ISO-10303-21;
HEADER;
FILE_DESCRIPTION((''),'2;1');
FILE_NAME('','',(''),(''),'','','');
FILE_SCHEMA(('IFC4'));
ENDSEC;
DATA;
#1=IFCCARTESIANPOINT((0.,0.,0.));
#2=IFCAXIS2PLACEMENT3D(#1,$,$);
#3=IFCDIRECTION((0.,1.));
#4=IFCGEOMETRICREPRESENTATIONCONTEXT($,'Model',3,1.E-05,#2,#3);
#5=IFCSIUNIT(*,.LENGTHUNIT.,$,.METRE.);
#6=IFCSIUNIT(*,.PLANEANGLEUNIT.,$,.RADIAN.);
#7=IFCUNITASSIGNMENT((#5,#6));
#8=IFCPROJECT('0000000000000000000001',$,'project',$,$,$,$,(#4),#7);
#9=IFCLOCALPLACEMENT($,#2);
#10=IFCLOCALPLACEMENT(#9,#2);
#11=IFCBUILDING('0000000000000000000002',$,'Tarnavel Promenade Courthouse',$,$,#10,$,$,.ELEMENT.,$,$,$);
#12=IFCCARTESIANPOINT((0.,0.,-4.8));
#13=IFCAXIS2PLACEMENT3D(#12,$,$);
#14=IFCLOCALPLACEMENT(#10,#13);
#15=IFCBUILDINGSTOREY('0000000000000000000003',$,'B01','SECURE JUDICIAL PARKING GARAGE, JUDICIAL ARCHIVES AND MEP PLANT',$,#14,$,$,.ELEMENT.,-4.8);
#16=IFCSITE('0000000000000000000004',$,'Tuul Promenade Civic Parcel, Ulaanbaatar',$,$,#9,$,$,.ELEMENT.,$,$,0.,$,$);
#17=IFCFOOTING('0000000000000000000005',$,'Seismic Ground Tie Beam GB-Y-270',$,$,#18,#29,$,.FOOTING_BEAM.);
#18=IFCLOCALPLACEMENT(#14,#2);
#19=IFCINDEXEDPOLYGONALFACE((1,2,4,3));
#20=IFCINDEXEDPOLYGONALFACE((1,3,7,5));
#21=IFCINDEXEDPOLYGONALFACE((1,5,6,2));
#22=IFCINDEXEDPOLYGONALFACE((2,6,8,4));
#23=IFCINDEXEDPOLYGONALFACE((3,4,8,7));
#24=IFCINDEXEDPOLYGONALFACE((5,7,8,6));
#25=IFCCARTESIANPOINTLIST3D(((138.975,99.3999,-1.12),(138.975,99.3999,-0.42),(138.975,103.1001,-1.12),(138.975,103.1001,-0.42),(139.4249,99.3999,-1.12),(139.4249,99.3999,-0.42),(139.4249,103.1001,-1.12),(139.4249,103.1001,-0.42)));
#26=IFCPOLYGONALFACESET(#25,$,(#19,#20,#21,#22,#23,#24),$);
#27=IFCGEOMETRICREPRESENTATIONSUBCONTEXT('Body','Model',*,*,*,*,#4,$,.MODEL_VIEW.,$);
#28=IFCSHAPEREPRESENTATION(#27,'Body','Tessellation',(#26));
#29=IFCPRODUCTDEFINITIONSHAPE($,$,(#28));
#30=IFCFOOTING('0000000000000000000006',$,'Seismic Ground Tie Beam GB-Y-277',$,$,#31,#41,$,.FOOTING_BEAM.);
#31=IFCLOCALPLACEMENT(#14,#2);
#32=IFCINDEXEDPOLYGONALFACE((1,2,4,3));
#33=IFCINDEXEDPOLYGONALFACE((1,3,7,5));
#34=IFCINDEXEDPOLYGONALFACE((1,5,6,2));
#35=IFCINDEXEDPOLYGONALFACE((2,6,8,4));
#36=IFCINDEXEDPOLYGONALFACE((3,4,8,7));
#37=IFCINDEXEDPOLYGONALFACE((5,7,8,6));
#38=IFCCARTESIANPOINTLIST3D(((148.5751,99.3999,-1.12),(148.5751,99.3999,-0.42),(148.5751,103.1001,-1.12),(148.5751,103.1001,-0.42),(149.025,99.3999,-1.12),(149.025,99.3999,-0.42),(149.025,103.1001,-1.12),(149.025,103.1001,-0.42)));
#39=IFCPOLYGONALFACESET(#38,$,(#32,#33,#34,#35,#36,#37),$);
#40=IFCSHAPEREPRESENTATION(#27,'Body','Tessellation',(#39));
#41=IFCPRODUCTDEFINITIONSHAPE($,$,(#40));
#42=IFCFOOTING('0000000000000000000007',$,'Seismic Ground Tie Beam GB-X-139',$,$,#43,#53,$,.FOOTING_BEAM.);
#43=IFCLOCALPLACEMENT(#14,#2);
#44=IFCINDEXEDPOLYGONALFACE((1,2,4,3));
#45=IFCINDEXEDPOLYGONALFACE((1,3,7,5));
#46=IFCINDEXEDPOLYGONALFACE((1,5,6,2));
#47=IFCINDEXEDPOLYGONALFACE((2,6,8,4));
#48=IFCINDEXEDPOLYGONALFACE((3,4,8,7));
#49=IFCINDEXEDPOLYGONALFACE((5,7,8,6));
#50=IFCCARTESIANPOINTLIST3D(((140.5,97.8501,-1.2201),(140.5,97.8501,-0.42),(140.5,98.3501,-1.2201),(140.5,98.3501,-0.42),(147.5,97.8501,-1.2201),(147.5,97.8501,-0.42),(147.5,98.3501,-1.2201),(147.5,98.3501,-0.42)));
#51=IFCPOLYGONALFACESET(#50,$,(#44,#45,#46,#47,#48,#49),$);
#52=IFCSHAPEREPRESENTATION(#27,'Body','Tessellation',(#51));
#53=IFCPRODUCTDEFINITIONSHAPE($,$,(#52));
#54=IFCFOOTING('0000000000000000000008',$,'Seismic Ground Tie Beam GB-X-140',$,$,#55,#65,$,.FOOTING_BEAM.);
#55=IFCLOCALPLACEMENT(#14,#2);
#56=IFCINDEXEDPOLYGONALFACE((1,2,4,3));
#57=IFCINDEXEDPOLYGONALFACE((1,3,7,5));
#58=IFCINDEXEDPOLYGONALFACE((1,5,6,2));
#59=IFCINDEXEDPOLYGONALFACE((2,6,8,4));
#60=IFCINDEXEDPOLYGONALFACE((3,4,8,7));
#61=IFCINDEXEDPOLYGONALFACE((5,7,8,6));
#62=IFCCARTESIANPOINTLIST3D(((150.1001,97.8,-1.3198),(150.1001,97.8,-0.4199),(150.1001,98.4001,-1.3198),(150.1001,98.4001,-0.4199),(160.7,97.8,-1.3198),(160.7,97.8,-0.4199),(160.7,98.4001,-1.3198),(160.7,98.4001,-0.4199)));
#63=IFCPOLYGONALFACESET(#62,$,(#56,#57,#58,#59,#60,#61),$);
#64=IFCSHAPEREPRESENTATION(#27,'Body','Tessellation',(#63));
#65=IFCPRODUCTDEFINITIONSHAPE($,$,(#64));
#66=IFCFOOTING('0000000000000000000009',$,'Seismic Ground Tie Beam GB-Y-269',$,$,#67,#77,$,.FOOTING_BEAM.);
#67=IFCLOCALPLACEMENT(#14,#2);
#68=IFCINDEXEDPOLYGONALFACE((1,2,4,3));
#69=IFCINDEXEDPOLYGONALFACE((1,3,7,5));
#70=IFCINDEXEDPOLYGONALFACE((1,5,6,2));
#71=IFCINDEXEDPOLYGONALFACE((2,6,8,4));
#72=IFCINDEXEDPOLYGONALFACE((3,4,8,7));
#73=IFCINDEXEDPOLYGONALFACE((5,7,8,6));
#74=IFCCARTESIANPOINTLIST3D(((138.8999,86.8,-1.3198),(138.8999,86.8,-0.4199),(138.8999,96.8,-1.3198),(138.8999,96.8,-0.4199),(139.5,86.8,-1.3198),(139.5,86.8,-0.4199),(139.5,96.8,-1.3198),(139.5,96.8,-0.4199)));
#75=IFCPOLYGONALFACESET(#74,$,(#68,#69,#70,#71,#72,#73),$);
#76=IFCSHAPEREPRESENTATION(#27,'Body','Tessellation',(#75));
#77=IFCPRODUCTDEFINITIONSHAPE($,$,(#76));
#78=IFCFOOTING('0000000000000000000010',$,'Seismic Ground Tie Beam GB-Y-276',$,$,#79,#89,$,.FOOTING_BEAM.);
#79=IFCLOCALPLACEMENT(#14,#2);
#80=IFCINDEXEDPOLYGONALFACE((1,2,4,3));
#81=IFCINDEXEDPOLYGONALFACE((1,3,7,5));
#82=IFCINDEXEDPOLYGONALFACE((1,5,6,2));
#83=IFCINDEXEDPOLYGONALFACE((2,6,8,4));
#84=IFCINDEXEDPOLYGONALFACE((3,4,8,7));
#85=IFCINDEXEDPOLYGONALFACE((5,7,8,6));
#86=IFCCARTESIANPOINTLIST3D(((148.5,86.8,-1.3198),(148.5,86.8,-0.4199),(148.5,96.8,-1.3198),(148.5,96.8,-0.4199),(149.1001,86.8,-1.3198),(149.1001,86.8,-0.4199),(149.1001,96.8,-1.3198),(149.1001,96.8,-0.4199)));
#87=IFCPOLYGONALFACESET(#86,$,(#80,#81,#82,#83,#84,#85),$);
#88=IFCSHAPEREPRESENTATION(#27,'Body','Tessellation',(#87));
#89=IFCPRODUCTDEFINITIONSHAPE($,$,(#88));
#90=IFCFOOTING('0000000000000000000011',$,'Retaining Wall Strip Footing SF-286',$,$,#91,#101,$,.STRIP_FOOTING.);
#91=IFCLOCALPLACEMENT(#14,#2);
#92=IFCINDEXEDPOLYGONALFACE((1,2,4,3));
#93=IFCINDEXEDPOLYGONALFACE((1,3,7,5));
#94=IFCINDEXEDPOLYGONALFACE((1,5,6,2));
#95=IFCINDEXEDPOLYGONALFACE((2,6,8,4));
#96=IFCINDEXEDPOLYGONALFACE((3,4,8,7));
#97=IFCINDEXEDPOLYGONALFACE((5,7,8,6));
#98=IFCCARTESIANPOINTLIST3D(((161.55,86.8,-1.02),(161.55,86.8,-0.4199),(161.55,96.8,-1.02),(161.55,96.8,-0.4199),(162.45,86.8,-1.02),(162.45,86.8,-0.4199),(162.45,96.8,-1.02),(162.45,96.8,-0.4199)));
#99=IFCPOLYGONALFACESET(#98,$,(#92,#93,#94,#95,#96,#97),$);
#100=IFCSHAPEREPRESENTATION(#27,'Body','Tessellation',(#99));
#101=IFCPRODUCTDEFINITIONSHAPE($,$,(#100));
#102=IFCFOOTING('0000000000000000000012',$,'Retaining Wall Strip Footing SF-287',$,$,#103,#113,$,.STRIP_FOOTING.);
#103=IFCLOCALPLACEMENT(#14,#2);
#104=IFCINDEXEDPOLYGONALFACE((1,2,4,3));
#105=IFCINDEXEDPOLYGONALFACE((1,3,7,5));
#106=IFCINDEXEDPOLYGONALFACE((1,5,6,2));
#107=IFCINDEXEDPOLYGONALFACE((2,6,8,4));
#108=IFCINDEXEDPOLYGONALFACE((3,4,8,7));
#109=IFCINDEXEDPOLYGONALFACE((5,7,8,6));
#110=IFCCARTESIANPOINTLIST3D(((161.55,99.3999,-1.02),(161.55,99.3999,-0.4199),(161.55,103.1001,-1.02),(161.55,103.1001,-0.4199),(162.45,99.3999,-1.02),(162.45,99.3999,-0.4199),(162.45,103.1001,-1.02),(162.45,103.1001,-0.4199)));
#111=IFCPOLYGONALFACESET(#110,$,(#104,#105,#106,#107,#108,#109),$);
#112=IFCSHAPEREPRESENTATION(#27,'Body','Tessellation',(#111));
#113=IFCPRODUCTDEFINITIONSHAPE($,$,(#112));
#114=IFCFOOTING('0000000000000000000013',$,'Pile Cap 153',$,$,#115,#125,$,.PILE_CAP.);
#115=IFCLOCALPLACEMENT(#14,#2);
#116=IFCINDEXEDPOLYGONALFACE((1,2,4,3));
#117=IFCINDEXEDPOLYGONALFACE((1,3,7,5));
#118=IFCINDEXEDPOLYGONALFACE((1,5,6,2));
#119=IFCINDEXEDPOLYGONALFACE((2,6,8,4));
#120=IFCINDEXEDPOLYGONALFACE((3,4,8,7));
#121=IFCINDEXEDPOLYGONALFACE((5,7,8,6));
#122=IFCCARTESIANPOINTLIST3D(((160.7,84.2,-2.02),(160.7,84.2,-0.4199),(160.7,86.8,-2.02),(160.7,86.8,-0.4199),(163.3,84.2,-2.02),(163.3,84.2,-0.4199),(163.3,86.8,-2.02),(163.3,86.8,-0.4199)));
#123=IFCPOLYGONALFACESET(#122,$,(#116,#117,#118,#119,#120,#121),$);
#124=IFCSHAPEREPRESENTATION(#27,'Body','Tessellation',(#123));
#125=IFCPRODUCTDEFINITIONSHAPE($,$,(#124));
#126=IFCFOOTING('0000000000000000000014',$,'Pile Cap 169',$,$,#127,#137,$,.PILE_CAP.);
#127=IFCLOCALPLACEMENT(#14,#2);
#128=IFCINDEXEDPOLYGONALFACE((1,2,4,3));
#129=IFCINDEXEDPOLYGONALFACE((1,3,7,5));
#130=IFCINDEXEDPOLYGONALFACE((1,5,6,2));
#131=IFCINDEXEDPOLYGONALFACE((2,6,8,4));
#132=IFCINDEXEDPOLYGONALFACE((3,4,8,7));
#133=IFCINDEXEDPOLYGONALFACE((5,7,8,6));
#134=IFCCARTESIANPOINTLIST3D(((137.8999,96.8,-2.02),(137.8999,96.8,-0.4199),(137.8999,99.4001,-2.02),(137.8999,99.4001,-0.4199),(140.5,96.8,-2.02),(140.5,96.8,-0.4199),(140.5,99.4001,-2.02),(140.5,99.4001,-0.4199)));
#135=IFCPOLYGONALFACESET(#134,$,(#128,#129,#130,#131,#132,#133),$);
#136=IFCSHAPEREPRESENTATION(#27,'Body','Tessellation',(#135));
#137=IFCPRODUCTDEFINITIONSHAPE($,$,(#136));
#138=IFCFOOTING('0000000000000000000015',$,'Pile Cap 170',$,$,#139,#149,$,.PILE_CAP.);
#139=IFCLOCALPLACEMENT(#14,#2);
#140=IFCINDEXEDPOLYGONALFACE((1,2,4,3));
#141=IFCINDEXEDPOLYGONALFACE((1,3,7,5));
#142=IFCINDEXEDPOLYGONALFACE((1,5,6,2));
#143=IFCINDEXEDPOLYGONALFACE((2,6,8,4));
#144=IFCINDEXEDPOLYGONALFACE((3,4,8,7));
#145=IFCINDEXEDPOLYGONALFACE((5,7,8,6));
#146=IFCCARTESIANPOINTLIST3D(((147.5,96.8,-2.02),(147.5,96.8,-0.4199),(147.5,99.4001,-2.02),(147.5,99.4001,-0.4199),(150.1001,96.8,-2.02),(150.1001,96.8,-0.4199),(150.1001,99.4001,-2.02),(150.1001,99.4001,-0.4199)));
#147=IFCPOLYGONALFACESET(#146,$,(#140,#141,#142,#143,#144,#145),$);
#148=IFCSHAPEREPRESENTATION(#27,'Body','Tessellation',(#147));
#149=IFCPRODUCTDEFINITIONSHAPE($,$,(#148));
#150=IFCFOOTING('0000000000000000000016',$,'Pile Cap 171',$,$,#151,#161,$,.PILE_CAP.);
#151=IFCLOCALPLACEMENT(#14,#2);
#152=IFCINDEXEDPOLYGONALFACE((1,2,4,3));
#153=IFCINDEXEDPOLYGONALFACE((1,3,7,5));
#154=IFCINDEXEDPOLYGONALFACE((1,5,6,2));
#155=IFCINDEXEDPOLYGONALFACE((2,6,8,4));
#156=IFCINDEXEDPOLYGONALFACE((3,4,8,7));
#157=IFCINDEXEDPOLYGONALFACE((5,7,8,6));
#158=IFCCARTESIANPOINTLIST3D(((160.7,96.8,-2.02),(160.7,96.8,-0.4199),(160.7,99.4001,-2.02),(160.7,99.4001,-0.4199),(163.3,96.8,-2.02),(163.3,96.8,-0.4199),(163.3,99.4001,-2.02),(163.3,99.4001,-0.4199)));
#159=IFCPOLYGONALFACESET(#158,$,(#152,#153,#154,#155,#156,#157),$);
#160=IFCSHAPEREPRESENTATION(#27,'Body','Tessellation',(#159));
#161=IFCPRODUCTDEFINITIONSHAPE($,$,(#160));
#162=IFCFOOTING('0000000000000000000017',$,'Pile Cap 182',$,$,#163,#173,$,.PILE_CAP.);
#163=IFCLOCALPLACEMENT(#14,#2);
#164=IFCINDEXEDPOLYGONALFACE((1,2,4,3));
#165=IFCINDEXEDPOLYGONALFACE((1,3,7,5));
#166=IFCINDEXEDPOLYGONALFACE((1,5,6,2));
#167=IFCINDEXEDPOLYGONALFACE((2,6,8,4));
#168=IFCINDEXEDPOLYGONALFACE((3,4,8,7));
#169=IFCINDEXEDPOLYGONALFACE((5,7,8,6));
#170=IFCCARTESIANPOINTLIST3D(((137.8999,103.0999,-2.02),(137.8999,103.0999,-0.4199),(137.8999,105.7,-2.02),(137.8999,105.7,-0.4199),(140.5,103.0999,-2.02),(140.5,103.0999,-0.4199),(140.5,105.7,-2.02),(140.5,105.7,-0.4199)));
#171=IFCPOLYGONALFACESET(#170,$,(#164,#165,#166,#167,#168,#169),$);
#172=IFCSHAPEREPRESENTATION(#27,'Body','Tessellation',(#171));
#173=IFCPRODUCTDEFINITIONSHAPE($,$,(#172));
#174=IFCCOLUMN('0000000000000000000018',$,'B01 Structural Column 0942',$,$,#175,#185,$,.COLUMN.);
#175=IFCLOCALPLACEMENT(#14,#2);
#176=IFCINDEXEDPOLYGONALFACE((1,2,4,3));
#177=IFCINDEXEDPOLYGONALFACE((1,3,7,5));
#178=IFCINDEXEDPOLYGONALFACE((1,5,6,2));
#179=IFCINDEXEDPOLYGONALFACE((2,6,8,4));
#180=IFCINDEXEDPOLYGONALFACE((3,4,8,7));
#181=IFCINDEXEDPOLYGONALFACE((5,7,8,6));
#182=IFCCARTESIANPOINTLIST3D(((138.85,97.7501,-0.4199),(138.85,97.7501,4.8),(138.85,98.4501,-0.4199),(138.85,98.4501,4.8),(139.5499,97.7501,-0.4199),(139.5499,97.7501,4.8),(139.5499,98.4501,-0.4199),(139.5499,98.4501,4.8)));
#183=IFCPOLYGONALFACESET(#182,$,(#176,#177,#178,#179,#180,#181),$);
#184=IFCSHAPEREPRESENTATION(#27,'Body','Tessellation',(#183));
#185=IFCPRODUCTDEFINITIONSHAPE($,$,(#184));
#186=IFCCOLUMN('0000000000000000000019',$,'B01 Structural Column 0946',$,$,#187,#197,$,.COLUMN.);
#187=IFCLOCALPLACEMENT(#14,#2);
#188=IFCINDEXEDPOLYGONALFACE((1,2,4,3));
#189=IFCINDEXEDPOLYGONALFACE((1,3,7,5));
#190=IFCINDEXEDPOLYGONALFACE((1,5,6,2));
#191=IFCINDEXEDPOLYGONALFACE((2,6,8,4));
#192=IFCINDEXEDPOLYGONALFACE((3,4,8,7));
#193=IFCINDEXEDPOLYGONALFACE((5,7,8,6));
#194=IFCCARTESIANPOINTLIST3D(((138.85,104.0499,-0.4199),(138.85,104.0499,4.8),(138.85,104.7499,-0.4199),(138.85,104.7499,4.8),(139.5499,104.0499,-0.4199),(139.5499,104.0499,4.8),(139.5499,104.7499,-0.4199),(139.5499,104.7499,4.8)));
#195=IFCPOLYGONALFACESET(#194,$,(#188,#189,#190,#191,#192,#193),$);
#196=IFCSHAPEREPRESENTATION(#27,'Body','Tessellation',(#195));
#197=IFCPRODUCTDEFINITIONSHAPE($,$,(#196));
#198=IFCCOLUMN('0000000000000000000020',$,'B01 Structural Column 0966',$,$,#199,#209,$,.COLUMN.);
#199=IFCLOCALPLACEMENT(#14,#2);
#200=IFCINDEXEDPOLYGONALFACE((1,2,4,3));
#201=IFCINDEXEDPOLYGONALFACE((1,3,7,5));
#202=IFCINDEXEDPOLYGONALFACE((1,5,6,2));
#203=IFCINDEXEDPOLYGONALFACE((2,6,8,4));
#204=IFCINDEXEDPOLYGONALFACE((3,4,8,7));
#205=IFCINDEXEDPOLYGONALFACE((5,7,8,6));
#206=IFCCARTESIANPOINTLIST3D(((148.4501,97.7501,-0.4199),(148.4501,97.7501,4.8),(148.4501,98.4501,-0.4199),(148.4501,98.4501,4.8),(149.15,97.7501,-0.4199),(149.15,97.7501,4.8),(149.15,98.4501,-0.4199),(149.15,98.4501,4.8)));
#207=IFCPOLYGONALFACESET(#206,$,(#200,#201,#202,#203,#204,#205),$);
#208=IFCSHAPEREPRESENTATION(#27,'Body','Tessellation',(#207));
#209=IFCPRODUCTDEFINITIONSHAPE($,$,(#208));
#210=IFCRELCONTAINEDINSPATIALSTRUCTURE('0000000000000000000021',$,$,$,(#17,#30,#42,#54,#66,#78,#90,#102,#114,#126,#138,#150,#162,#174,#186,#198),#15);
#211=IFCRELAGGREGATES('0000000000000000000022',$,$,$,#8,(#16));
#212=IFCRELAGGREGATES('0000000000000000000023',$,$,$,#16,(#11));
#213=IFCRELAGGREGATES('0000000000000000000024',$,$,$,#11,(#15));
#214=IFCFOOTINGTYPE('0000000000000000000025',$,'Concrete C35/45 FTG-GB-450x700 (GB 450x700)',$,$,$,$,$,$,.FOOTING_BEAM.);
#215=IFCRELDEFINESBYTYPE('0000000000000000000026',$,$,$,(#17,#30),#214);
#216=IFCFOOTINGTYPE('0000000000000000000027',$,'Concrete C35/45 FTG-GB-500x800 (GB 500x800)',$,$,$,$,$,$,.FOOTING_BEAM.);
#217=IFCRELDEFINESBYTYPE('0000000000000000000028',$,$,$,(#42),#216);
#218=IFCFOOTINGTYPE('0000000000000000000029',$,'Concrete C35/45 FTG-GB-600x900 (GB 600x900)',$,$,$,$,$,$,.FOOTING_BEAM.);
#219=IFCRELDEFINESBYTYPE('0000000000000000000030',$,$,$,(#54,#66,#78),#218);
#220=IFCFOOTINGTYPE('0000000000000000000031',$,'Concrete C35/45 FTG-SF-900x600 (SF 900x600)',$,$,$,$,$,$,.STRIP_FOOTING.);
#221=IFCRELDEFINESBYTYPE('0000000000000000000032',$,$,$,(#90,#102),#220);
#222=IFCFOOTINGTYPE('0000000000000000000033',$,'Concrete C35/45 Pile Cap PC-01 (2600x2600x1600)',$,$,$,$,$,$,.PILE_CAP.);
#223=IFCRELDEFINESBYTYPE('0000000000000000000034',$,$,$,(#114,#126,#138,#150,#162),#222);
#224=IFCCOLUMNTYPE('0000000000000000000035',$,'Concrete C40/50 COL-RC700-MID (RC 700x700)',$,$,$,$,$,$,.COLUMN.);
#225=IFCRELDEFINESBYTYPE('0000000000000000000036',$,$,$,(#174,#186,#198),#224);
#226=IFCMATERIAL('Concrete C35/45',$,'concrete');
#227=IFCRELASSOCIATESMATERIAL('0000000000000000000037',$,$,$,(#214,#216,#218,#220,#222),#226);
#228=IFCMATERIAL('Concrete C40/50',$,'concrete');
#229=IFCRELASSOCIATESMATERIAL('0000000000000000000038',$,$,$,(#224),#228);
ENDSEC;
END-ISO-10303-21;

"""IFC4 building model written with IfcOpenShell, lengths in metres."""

from ifc_helpers import new_model, si_unit, direction, frame, origin, origin_2d, place, context, subcontext, project, spatial, rectangle, extrude, material, material_profile, profile_set, type_object, element, save


model = new_model("IFC4")

# Units and contexts
model_context = context("Model", 3, precision=1e-05, world=origin(), true_north=direction((0.0, 1.0)))
body_context = subcontext(model_context, "Body", "Model", "MODEL_VIEW")
ifc_project = project(units=[si_unit("LENGTHUNIT", "METRE"), si_unit("PLANEANGLEUNIT", "RADIAN")], contexts=[model_context])

# Site, building, storey
site_placement = place(None, origin())
site = spatial("IfcSite", under=ifc_project, at=site_placement, Name="Tuul Promenade Civic Parcel, Ulaanbaatar", CompositionType="ELEMENT", RefElevation=0.0)
building_placement = place(site_placement, origin())
building = spatial("IfcBuilding", under=site, at=building_placement, Name="Tarnavel Promenade Courthouse", CompositionType="ELEMENT")
storey_placement = place(building_placement, frame((0.0, 0.0, -4.8)))
storey = spatial("IfcBuildingStorey", under=building, at=storey_placement, Name="B01", Description="SECURE JUDICIAL PARKING GARAGE, JUDICIAL ARCHIVES AND MEP PLANT", CompositionType="ELEMENT", Elevation=-4.8)

# Footings
ifc_material_1 = material(Name="Concrete C35/45", Category="concrete")
ifc_material_profile_1 = material_profile(ifc_material_1, rectangle(XDim=0.45, YDim=0.7, at=origin_2d()), Name="GB 450x700")
ifc_profile_set_1 = profile_set([ifc_material_profile_1], Name="Concrete C35/45")
footing_type_1 = type_object("IfcFootingType", Name="Concrete C35/45 FTG-GB-450x700 (GB 450x700)", PredefinedType="FOOTING_BEAM", material=ifc_profile_set_1)
for number, where, z_axis, x_axis, name in (
    (1, (139.2, 99.3999, -0.77), (0.0, 1.0, 0.0), (-1.0, 0.0, 0.0), "Seismic Ground Tie Beam GB-Y-270"),
    (2, (148.8, 99.3999, -0.77), (0.0, 1.0, 0.0), (-1.0, 0.0, 0.0), "Seismic Ground Tie Beam GB-Y-277"),
):
    element("IfcFooting", number, at=place(storey_placement, frame(where, z_axis=z_axis, x_axis=x_axis)), inside=storey, type_object=footing_type_1, Name=name, PredefinedType="FOOTING_BEAM", context=body_context, shape_type="SweptSolid", body=[
        extrude(rectangle(XDim=0.45, YDim=0.7, at=origin_2d()), origin(), (0.0, 0.0, 1.0), 3.7002),
    ])
ifc_material_profile_2 = material_profile(ifc_material_1, rectangle(XDim=0.5, YDim=0.8, at=origin_2d()), Name="GB 500x800")
ifc_profile_set_2 = profile_set([ifc_material_profile_2], Name="Concrete C35/45")
footing_type_2 = type_object("IfcFootingType", Name="Concrete C35/45 FTG-GB-500x800 (GB 500x800)", PredefinedType="FOOTING_BEAM", material=ifc_profile_set_2)
footing_1_placement = place(storey_placement, frame((140.5, 98.1001, -0.8201), z_axis=(1.0, 0.0, 0.0), x_axis=(0.0, 1.0, 0.0)))
element("IfcFooting", 3, at=footing_1_placement, inside=storey, type_object=footing_type_2, Name="Seismic Ground Tie Beam GB-X-139", PredefinedType="FOOTING_BEAM", context=body_context, shape_type="SweptSolid", body=[
    extrude(rectangle(XDim=0.5, YDim=0.8, at=origin_2d()), origin(), (0.0, 0.0, 1.0), 7.0),
])
ifc_material_profile_3 = material_profile(ifc_material_1, rectangle(XDim=0.6001, YDim=0.8999, at=origin_2d()), Name="GB 600x900")
ifc_profile_set_3 = profile_set([ifc_material_profile_3], Name="Concrete C35/45")
footing_type_3 = type_object("IfcFootingType", Name="Concrete C35/45 FTG-GB-600x900 (GB 600x900)", PredefinedType="FOOTING_BEAM", material=ifc_profile_set_3)
footing_2_placement = place(storey_placement, frame((150.1001, 98.1001, -0.8699), z_axis=(1.0, 0.0, 0.0), x_axis=(0.0, 1.0, 0.0)))
element("IfcFooting", 4, at=footing_2_placement, inside=storey, type_object=footing_type_3, Name="Seismic Ground Tie Beam GB-X-140", PredefinedType="FOOTING_BEAM", context=body_context, shape_type="SweptSolid", body=[
    extrude(rectangle(XDim=0.6001, YDim=0.8999, at=origin_2d()), origin(), (0.0, 0.0, 1.0), 10.5999),
])
for number, where, z_axis, x_axis, name in (
    (5, (139.2, 86.8, -0.8699), (0.0, 1.0, 0.0), (-1.0, 0.0, 0.0), "Seismic Ground Tie Beam GB-Y-269"),
    (6, (148.8, 86.8, -0.8699), (0.0, 1.0, 0.0), (-1.0, 0.0, 0.0), "Seismic Ground Tie Beam GB-Y-276"),
):
    element("IfcFooting", number, at=place(storey_placement, frame(where, z_axis=z_axis, x_axis=x_axis)), inside=storey, type_object=footing_type_3, Name=name, PredefinedType="FOOTING_BEAM", context=body_context, shape_type="SweptSolid", body=[
        extrude(rectangle(XDim=0.6001, YDim=0.8999, at=origin_2d()), origin(), (0.0, 0.0, 1.0), 10.0),
    ])
ifc_material_profile_4 = material_profile(ifc_material_1, rectangle(XDim=0.8999, YDim=0.6001, at=origin_2d()), Name="SF 900x600")
ifc_profile_set_4 = profile_set([ifc_material_profile_4], Name="Concrete C35/45")
footing_type_4 = type_object("IfcFootingType", Name="Concrete C35/45 FTG-SF-900x600 (SF 900x600)", PredefinedType="STRIP_FOOTING", material=ifc_profile_set_4)
footing_3_placement = place(storey_placement, frame((162.0, 86.8, -0.72), z_axis=(0.0, 1.0, 0.0), x_axis=(-1.0, 0.0, 0.0)))
element("IfcFooting", 7, at=footing_3_placement, inside=storey, type_object=footing_type_4, Name="Retaining Wall Strip Footing SF-286", PredefinedType="STRIP_FOOTING", context=body_context, shape_type="SweptSolid", body=[
    extrude(rectangle(XDim=0.8999, YDim=0.6001, at=origin_2d()), origin(), (0.0, 0.0, 1.0), 10.0),
])
footing_4_placement = place(storey_placement, frame((162.0, 99.3999, -0.72), z_axis=(0.0, 1.0, 0.0), x_axis=(-1.0, 0.0, 0.0)))
element("IfcFooting", 8, at=footing_4_placement, inside=storey, type_object=footing_type_4, Name="Retaining Wall Strip Footing SF-287", PredefinedType="STRIP_FOOTING", context=body_context, shape_type="SweptSolid", body=[
    extrude(rectangle(XDim=0.8999, YDim=0.6001, at=origin_2d()), origin(), (0.0, 0.0, 1.0), 3.7002),
])
footing_type_5 = type_object("IfcFootingType", Name="Concrete C35/45 Pile Cap PC-01 (2600x2600x1600)", PredefinedType="PILE_CAP", material=ifc_material_1)
for number, where, z_axis, x_axis, name in (
    (9, (162.0, 85.5, -2.02), (0.0, 0.0, 1.0), (1.0, 0.0, 0.0), "Pile Cap 153"),
    (10, (139.2, 98.1001, -2.02), (0.0, 0.0, 1.0), (1.0, 0.0, 0.0), "Pile Cap 169"),
    (11, (148.8, 98.1001, -2.02), (0.0, 0.0, 1.0), (1.0, 0.0, 0.0), "Pile Cap 170"),
    (12, (162.0, 98.1001, -2.02), (0.0, 0.0, 1.0), (1.0, 0.0, 0.0), "Pile Cap 171"),
    (13, (139.2, 104.3999, -2.02), (0.0, 0.0, 1.0), (1.0, 0.0, 0.0), "Pile Cap 182"),
):
    element("IfcFooting", number, at=place(storey_placement, frame(where, z_axis=z_axis, x_axis=x_axis)), inside=storey, type_object=footing_type_5, Name=name, PredefinedType="PILE_CAP", context=body_context, shape_type="SweptSolid", body=[
        extrude(rectangle(XDim=2.6001, YDim=2.6001, at=origin_2d()), origin(), (0.0, 0.0, 1.0), 1.6001),
    ])

# Columns
ifc_material_2 = material(Name="Concrete C40/50", Category="concrete")
ifc_material_profile_5 = material_profile(ifc_material_2, rectangle(XDim=0.7, YDim=0.7, at=origin_2d()), Name="RC 700x700")
ifc_profile_set_5 = profile_set([ifc_material_profile_5], Name="Concrete C40/50")
column_type = type_object("IfcColumnType", Name="Concrete C40/50 COL-RC700-MID (RC 700x700)", PredefinedType="COLUMN", material=ifc_profile_set_5)
for number, where, z_axis, x_axis, name in (
    (14, (139.2, 98.1001, -0.4199), (0.0, 0.0, 1.0), (1.0, 0.0, 0.0), "B01 Structural Column 0942"),
    (15, (139.2, 104.3999, -0.4199), (0.0, 0.0, 1.0), (1.0, 0.0, 0.0), "B01 Structural Column 0946"),
    (16, (148.8, 98.1001, -0.4199), (0.0, 0.0, 1.0), (1.0, 0.0, 0.0), "B01 Structural Column 0966"),
):
    element("IfcColumn", number, at=place(storey_placement, frame(where, z_axis=z_axis, x_axis=x_axis)), inside=storey, type_object=column_type, Name=name, PredefinedType="COLUMN", context=body_context, shape_type="SweptSolid", body=[
        extrude(rectangle(XDim=0.7, YDim=0.7, at=origin_2d()), origin(), (0.0, 0.0, 1.0), 5.22),
    ])

save(model, "model.ifc")
